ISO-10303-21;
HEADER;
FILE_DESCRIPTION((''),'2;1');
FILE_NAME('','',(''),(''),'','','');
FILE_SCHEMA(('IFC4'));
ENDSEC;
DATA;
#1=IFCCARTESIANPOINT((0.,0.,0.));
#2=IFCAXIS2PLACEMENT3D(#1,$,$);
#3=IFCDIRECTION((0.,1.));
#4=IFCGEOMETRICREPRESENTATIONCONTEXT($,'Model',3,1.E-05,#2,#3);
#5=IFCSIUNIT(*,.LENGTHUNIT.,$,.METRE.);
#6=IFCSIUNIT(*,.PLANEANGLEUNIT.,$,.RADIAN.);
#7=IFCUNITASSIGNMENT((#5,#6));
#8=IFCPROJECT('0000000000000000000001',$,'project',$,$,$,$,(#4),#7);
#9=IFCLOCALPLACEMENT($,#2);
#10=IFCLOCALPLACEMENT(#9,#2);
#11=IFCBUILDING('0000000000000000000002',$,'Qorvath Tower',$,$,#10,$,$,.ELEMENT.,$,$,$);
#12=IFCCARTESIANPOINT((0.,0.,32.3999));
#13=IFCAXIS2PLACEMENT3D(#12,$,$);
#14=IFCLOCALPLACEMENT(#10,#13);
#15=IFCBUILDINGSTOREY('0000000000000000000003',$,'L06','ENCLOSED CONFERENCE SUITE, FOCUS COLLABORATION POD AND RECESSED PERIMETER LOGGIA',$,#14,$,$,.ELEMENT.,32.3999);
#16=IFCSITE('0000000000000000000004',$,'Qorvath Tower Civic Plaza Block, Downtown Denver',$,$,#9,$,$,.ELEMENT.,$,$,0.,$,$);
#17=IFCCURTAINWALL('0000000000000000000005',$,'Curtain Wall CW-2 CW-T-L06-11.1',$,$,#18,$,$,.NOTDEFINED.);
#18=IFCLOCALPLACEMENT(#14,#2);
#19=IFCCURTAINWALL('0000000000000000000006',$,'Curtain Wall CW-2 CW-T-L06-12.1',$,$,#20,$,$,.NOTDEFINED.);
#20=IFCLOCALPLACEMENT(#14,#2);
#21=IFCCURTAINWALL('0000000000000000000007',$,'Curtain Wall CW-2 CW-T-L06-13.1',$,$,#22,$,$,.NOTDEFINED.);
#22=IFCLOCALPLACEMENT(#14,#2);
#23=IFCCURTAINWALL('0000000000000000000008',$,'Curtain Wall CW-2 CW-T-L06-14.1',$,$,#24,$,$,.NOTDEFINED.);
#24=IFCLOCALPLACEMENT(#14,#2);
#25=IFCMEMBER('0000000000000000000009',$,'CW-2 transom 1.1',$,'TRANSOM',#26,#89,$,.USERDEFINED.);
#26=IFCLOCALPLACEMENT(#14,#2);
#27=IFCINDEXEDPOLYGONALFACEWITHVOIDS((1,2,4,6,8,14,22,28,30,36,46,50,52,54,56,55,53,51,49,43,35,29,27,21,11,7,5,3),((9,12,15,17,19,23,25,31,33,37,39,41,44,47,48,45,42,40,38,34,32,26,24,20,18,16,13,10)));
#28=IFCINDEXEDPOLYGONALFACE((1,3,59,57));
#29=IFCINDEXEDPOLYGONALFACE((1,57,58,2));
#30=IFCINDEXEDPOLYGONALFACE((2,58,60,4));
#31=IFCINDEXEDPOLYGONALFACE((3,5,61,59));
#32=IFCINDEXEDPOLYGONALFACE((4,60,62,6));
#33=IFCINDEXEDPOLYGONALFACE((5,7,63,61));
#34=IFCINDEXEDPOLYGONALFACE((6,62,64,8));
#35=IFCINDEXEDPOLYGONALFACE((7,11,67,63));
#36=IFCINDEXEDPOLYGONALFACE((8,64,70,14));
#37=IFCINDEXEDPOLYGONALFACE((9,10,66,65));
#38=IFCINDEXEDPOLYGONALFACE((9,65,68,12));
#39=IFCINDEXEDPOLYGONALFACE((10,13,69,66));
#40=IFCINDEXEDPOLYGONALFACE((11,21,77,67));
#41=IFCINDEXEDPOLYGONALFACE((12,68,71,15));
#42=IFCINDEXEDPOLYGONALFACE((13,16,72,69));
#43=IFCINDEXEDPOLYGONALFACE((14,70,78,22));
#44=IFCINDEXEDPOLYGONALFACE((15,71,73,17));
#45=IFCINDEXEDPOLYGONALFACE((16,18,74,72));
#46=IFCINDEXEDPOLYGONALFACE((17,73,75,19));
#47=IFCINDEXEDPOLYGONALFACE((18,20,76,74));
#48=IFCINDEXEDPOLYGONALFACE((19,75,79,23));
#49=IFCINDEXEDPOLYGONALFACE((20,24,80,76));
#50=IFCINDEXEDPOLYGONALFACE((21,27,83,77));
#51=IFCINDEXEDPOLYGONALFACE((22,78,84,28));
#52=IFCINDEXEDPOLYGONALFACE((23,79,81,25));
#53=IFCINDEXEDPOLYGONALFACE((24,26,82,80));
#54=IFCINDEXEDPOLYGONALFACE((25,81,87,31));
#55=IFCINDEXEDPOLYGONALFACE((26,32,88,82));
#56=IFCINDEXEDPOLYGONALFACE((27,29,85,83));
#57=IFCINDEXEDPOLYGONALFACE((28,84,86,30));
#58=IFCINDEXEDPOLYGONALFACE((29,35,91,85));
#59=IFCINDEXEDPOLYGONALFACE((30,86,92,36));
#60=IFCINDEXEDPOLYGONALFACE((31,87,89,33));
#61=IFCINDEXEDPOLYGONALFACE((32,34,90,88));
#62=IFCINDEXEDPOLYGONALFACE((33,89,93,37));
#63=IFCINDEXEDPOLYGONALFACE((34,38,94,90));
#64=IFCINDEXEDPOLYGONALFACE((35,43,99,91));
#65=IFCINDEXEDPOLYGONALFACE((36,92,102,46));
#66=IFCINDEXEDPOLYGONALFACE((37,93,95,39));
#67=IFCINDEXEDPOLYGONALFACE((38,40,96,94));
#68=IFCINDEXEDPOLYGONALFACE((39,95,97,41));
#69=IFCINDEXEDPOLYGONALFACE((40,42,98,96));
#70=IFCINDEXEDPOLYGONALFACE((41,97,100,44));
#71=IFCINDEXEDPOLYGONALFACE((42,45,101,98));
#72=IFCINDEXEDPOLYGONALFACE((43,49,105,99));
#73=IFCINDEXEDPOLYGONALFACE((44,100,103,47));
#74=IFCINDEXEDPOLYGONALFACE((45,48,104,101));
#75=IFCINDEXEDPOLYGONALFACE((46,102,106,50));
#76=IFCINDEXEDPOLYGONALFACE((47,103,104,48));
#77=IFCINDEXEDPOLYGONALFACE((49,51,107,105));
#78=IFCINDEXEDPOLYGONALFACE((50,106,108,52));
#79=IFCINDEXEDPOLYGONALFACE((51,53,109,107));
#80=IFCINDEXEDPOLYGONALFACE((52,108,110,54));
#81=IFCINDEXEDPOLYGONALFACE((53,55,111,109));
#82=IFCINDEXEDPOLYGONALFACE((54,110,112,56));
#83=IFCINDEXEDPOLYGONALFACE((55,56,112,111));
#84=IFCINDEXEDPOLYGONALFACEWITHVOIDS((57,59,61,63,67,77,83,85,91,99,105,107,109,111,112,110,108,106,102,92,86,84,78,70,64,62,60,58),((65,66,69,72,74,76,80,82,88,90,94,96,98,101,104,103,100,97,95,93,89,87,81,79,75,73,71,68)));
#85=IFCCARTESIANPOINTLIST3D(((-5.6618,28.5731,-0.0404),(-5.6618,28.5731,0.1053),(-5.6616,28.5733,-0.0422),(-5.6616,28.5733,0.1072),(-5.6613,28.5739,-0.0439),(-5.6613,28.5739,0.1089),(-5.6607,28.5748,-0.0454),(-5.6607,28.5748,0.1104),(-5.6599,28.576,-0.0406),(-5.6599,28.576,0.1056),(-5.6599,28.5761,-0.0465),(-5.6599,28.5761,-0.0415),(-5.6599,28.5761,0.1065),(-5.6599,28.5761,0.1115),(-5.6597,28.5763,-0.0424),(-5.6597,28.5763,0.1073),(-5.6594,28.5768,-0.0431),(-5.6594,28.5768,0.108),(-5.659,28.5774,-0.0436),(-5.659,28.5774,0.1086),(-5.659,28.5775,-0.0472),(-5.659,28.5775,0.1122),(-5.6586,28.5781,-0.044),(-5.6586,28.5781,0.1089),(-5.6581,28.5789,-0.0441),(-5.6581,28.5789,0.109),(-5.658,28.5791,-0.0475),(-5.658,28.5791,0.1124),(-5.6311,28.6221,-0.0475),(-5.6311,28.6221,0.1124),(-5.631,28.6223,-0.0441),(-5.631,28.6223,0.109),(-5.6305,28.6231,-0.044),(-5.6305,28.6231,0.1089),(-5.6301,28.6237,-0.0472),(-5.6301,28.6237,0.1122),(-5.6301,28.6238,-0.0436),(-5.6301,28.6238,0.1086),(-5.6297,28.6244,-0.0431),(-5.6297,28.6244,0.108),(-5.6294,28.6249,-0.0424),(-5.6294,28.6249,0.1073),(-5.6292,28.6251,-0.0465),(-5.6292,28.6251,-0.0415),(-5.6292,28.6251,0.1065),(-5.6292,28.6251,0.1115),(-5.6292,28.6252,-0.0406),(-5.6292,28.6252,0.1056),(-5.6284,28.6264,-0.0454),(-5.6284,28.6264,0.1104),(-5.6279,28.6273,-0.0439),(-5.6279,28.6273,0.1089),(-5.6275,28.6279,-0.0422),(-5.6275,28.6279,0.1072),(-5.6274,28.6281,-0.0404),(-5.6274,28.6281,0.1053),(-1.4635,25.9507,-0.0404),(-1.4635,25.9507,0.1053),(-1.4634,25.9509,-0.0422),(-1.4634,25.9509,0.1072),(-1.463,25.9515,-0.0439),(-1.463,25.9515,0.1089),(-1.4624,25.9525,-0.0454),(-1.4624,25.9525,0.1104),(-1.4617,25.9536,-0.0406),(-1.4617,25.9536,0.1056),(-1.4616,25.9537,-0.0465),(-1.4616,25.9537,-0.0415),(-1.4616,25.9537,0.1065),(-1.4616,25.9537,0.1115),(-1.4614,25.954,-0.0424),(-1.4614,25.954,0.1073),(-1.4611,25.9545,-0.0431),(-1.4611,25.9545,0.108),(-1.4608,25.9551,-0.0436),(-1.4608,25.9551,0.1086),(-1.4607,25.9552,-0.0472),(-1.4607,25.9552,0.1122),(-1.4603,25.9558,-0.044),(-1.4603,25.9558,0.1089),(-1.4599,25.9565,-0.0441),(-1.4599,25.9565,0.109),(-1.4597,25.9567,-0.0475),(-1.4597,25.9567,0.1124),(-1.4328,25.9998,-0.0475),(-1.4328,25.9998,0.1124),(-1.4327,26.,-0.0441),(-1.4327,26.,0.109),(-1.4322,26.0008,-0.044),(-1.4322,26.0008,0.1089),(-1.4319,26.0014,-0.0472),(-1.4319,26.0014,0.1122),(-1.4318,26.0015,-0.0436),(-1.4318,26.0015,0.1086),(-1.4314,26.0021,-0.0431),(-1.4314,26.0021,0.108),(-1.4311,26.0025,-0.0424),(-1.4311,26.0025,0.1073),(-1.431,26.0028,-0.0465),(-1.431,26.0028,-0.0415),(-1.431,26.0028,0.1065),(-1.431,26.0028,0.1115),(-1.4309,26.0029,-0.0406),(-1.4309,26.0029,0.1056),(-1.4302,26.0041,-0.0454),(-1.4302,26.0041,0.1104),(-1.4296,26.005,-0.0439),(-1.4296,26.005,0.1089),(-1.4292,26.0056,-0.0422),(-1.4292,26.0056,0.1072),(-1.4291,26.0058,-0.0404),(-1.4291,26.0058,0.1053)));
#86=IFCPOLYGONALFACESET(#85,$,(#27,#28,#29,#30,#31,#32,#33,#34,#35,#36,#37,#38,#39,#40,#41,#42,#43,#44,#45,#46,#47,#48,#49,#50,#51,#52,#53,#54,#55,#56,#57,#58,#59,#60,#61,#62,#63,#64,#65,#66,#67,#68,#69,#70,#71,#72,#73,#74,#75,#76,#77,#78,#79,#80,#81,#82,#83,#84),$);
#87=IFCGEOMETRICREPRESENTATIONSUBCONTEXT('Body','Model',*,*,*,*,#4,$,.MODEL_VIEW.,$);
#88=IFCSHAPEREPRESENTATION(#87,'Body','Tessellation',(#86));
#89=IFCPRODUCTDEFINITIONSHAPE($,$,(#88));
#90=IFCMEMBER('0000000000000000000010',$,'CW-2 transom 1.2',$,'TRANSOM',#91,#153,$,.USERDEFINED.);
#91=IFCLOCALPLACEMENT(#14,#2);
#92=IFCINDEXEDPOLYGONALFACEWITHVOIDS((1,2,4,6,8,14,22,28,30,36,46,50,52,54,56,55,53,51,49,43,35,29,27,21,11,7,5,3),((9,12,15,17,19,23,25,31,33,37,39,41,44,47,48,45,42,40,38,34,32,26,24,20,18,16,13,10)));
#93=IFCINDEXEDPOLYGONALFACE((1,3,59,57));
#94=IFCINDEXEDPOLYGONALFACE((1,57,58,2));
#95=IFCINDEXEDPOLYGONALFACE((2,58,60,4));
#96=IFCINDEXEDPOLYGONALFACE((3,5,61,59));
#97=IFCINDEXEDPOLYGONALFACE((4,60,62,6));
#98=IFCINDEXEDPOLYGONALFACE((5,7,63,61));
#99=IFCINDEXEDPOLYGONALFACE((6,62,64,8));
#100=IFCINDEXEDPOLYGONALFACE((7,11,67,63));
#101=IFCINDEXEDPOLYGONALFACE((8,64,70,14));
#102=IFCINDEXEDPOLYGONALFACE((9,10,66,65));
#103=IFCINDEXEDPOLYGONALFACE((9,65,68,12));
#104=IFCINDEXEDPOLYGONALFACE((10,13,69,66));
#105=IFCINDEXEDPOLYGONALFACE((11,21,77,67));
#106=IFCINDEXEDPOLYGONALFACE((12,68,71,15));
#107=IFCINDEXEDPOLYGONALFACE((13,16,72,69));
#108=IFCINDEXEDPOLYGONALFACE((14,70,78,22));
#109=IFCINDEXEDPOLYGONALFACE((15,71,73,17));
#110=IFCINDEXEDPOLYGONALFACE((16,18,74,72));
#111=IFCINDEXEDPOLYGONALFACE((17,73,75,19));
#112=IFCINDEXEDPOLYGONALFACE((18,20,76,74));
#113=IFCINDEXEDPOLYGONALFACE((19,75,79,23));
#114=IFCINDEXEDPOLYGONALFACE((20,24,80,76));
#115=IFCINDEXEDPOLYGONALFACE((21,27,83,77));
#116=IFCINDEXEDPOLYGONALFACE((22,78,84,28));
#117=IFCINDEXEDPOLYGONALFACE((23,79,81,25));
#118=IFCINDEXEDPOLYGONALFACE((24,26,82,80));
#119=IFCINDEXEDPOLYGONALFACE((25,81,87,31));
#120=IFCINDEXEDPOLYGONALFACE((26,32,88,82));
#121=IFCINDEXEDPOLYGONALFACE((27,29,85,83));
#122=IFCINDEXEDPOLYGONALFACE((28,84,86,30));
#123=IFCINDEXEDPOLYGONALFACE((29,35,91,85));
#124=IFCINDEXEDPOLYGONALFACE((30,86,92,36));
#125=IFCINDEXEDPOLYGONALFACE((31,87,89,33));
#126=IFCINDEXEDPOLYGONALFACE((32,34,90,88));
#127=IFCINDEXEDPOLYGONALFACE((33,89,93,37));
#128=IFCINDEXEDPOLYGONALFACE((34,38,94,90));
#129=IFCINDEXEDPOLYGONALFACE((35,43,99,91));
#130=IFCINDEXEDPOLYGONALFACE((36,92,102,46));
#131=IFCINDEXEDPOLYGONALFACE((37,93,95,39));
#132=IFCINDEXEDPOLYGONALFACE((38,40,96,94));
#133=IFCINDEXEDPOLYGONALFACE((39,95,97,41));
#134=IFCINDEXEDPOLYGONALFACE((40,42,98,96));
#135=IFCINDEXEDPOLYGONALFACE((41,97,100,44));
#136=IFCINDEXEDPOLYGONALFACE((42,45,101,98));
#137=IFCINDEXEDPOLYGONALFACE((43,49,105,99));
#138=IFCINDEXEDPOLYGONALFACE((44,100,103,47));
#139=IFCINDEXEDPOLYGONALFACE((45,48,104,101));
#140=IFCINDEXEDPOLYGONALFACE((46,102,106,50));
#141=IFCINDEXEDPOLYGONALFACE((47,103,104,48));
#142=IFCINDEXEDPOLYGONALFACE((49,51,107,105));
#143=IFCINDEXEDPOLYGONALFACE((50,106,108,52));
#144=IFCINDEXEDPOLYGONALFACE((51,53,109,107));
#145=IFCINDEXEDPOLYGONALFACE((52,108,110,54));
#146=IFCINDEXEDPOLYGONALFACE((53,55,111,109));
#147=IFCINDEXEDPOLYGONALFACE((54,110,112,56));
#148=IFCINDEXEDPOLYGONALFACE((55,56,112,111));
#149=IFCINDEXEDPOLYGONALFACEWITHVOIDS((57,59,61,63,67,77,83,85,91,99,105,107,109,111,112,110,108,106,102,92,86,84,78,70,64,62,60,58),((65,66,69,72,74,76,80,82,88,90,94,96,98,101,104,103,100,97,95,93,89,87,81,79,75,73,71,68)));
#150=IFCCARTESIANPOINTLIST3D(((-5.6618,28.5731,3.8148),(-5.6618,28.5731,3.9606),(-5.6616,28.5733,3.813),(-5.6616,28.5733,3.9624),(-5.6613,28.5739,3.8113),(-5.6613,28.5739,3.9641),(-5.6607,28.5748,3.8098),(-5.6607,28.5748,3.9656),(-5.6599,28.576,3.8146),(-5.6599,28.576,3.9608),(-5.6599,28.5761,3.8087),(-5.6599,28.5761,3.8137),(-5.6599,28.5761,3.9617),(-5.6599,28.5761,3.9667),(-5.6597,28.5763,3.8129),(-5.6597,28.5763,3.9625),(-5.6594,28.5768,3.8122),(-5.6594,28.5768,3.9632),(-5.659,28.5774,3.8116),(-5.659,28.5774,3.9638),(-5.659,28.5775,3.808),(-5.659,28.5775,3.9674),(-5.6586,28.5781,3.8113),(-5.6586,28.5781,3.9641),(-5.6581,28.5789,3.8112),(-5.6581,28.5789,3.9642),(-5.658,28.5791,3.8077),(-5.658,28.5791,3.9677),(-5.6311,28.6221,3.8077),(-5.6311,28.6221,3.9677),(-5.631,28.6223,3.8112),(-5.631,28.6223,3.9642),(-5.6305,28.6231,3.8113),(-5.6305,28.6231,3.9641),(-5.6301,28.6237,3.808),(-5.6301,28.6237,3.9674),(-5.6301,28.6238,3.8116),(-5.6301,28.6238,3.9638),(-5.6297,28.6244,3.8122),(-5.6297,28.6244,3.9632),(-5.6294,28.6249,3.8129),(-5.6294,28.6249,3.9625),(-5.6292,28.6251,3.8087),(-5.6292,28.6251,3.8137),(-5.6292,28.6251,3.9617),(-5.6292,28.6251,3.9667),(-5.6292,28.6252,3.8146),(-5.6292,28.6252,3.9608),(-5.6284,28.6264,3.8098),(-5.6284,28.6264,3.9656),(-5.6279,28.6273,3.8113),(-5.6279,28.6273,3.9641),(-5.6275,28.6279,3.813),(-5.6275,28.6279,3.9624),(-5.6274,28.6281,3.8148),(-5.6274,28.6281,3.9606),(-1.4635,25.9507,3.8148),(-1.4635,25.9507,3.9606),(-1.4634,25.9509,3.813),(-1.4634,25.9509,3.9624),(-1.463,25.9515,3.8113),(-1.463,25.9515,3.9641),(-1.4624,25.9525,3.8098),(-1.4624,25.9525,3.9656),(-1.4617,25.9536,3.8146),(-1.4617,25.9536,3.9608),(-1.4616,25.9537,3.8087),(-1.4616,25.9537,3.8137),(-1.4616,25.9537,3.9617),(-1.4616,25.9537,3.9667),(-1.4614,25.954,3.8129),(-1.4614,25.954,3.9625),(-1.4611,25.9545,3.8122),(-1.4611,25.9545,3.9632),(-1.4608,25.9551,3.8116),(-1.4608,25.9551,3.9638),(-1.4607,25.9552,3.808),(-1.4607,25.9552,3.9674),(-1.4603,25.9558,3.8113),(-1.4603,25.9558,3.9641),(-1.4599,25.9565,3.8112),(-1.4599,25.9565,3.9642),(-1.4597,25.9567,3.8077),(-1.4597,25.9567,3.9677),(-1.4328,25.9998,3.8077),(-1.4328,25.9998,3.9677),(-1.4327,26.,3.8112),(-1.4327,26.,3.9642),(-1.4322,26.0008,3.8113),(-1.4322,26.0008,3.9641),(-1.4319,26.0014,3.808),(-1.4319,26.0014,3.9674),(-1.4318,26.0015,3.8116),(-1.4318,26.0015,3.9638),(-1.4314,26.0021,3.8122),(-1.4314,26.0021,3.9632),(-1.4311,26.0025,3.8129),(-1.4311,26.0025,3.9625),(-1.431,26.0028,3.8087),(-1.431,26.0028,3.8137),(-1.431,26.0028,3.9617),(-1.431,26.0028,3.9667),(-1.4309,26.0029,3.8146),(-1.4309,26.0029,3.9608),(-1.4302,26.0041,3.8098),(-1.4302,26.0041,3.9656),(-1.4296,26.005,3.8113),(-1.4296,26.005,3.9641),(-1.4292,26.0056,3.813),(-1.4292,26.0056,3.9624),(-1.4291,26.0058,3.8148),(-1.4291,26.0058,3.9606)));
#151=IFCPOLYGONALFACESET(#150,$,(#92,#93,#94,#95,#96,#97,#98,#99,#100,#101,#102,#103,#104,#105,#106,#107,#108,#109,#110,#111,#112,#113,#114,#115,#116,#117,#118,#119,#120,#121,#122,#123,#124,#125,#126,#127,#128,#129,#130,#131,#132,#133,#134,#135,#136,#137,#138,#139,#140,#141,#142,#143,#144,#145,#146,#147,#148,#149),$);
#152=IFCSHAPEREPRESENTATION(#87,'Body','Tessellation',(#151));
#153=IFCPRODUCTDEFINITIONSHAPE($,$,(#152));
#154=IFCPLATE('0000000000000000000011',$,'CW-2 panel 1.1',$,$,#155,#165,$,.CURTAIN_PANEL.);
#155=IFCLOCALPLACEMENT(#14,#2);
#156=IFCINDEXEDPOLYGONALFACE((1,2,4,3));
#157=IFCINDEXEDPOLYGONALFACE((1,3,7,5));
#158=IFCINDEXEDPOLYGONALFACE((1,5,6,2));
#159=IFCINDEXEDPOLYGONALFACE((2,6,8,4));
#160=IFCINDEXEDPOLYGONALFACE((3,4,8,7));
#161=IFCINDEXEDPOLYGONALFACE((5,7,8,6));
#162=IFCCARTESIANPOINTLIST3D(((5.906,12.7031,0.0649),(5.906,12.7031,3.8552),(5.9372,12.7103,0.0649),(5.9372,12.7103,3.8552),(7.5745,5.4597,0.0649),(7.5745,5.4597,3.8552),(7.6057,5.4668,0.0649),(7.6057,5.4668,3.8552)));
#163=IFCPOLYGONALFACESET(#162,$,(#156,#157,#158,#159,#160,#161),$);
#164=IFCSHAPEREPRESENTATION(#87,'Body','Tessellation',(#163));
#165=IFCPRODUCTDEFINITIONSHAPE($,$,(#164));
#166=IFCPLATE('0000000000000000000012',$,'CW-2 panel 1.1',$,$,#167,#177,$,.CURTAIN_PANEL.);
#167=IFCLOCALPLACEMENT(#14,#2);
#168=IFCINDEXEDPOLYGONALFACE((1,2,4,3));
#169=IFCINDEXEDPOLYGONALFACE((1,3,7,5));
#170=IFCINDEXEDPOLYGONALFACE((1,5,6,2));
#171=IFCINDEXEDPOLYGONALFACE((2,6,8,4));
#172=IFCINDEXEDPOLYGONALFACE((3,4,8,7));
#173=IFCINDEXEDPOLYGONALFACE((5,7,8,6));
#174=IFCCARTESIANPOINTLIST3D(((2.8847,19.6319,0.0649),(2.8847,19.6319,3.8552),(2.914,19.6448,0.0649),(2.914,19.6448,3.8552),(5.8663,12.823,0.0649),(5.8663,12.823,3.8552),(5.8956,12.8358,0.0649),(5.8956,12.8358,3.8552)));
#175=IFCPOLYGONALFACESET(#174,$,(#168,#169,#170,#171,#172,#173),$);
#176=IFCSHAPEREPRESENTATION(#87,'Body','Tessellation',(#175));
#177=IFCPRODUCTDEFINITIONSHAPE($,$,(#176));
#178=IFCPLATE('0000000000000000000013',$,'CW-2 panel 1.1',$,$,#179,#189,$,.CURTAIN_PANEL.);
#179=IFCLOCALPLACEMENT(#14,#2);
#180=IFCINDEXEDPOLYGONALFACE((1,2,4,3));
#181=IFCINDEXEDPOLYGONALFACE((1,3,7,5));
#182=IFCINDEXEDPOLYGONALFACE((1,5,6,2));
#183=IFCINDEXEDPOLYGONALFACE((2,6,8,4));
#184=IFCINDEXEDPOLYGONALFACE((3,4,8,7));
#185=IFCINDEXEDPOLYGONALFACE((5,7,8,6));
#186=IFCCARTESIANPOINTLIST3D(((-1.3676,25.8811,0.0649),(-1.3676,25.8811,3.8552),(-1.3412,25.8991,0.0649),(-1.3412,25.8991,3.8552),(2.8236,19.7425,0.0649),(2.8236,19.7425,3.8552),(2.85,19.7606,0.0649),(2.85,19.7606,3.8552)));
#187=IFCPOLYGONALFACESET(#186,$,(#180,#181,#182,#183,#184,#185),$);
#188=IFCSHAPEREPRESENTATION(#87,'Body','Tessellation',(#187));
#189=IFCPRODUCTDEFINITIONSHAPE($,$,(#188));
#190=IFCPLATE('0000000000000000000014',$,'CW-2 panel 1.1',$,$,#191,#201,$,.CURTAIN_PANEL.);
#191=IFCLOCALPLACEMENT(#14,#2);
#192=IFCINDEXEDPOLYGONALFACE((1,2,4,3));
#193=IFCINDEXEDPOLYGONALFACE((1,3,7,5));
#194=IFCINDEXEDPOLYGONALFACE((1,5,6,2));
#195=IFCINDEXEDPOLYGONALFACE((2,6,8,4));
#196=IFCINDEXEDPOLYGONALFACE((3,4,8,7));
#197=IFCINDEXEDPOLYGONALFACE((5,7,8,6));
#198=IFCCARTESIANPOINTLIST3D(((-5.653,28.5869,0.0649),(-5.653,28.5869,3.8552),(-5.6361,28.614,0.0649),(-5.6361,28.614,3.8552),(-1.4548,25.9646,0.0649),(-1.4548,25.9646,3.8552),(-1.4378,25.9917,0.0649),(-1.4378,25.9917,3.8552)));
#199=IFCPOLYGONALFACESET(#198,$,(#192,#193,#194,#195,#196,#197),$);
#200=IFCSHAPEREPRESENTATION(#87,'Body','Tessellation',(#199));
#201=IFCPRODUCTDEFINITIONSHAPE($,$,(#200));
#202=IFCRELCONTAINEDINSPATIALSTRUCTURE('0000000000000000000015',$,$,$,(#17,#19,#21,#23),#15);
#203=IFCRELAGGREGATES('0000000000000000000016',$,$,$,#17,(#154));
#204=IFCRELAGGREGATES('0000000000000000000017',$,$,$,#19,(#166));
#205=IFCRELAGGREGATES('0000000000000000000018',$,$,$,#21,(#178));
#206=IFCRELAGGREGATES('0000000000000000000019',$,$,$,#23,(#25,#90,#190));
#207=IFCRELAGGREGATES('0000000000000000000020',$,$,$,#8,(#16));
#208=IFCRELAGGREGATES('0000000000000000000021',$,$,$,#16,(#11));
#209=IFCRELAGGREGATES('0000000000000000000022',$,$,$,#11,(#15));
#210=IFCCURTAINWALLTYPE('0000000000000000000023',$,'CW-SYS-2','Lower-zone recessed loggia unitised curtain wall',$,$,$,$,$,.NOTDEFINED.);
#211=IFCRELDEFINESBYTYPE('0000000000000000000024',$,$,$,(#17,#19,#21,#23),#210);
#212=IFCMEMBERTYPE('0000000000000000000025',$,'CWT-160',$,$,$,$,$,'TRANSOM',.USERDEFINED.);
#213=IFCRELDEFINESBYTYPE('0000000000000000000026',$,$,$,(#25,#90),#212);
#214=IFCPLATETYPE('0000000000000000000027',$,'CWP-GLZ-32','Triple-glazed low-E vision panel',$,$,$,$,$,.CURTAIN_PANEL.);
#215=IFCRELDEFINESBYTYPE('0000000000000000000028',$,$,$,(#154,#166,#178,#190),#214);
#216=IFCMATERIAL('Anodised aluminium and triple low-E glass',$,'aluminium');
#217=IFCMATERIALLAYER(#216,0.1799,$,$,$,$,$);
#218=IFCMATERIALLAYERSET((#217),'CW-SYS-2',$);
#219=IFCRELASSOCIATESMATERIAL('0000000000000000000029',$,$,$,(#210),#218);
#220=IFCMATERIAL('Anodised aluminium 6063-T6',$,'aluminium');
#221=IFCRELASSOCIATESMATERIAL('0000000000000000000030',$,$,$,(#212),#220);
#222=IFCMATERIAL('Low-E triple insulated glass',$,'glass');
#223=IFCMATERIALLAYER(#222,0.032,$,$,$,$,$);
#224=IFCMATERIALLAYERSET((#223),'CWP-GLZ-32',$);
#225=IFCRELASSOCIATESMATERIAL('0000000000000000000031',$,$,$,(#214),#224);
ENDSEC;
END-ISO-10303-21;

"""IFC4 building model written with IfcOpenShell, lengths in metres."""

from ifc_helpers import new_model, si_unit, direction, frame, origin, origin_2d, place, context, subcontext, project, spatial, rectangle, hollow_rectangle, extrude, material, layer, layer_set, material_profile, profile_set, type_object, element, aggregate, save


model = new_model("IFC4")

# Units and contexts
model_context = context("Model", 3, precision=1e-05, world=origin(), true_north=direction((0.0, 1.0)))
body_context = subcontext(model_context, "Body", "Model", "MODEL_VIEW")
ifc_project = project(units=[si_unit("LENGTHUNIT", "METRE"), si_unit("PLANEANGLEUNIT", "RADIAN")], contexts=[model_context])

# Site, building, storey
site_placement = place(None, origin())
site = spatial("IfcSite", under=ifc_project, at=site_placement, Name="Qorvath Tower Civic Plaza Block, Downtown Denver", CompositionType="ELEMENT", RefElevation=0.0)
building_placement = place(site_placement, origin())
building = spatial("IfcBuilding", under=site, at=building_placement, Name="Qorvath Tower", CompositionType="ELEMENT")
storey_placement = place(building_placement, frame((0.0, 0.0, 32.3999)))
storey = spatial("IfcBuildingStorey", under=building, at=storey_placement, Name="L06", Description="ENCLOSED CONFERENCE SUITE, FOCUS COLLABORATION POD AND RECESSED PERIMETER LOGGIA", CompositionType="ELEMENT", Elevation=32.3999)

# Curtain wall
ifc_material_1 = material(Name="Anodised aluminium and triple low-E glass", Category="aluminium")
ifc_layer_1 = layer(ifc_material_1, 0.1799)
ifc_layer_set_1 = layer_set([ifc_layer_1], Name="CW-SYS-2")
curtain_wall_type = type_object("IfcCurtainWallType", Name="CW-SYS-2", Description="Lower-zone recessed loggia unitised curtain wall", PredefinedType="NOTDEFINED", material=ifc_layer_set_1)
curtain_wall_1_placement = place(storey_placement, origin())
curtain_wall_1 = element("IfcCurtainWall", 1, at=curtain_wall_1_placement, inside=storey, type_object=curtain_wall_type, Name="Curtain Wall CW-2 CW-T-L06-11.1", PredefinedType="NOTDEFINED")

# Curtain walls
curtain_wall_2_placement = place(storey_placement, origin())
curtain_wall_2 = element("IfcCurtainWall", 2, at=curtain_wall_2_placement, inside=storey, type_object=curtain_wall_type, Name="Curtain Wall CW-2 CW-T-L06-12.1", PredefinedType="NOTDEFINED")
curtain_wall_3_placement = place(storey_placement, origin())
curtain_wall_3 = element("IfcCurtainWall", 3, at=curtain_wall_3_placement, inside=storey, type_object=curtain_wall_type, Name="Curtain Wall CW-2 CW-T-L06-13.1", PredefinedType="NOTDEFINED")

# Curtain wall
curtain_wall_4_placement = place(storey_placement, origin())
curtain_wall_4 = element("IfcCurtainWall", 4, at=curtain_wall_4_placement, inside=storey, type_object=curtain_wall_type, Name="Curtain Wall CW-2 CW-T-L06-14.1", PredefinedType="NOTDEFINED")

# Members
ifc_material_2 = material(Name="Anodised aluminium 6063-T6", Category="aluminium")
ifc_material_profile_1 = material_profile(ifc_material_2, hollow_rectangle(XDim=0.0649, YDim=0.1599, WallThickness=0.0034, InnerFilletRadius=0.0034, OuterFilletRadius=0.0071, at=origin_2d()), Name="CWT 160x65")
ifc_profile_set_1 = profile_set([ifc_material_profile_1], Name="Anodised aluminium 6063-T6")
member_type_1 = type_object("IfcMemberType", Name="CWT-160", ElementType="TRANSOM", PredefinedType="USERDEFINED", material=ifc_profile_set_1)
member_1_placement = place(storey_placement, frame((-1.4463, 25.9783, 0.0325), z_axis=(-0.848142, 0.529768, 0.0), x_axis=(-0.529768, -0.848142, 0.0)))
member_1 = element("IfcMember", 5, at=member_1_placement, type_object=member_type_1, Name="CW-2 transom 1.1", ObjectType="TRANSOM", PredefinedType="USERDEFINED", context=body_context, shape_type="SweptSolid", body=[
    extrude(hollow_rectangle(XDim=0.0649, YDim=0.1599, WallThickness=0.0034, InnerFilletRadius=0.0034, OuterFilletRadius=0.0071, at=origin_2d()), origin(), (0.0, 0.0, 1.0), 4.95),
])
member_2_placement = place(storey_placement, frame((-1.4463, 25.9783, 3.8877), z_axis=(-0.848142, 0.529768, 0.0), x_axis=(-0.529768, -0.848142, 0.0)))
member_2 = element("IfcMember", 6, at=member_2_placement, type_object=member_type_1, Name="CW-2 transom 1.2", ObjectType="TRANSOM", PredefinedType="USERDEFINED", context=body_context, shape_type="SweptSolid", body=[
    extrude(hollow_rectangle(XDim=0.0649, YDim=0.1599, WallThickness=0.0034, InnerFilletRadius=0.0034, OuterFilletRadius=0.0071, at=origin_2d()), origin(), (0.0, 0.0, 1.0), 4.95),
])

# Plates
ifc_material_3 = material(Name="Low-E triple insulated glass", Category="glass")
ifc_layer_2 = layer(ifc_material_3, 0.032)
ifc_layer_set_2 = layer_set([ifc_layer_2], Name="CWP-GLZ-32")
plate_type = type_object("IfcPlateType", Name="CWP-GLZ-32", Description="Triple-glazed low-E vision panel", PredefinedType="CURTAIN_PANEL", material=ifc_layer_set_2)
plate_1_placement = place(storey_placement, frame((6.7559, 9.085, 0.0649), z_axis=(0.0, 0.0, 1.0), x_axis=(-0.224471, 0.974481, 0.0)))
plate_1 = element("IfcPlate", 7, at=plate_1_placement, type_object=plate_type, Name="CW-2 panel 1.1", PredefinedType="CURTAIN_PANEL", context=body_context, shape_type="SweptSolid", body=[
    extrude(rectangle(XDim=7.4331, YDim=0.032, at=origin_2d()), origin(), (0.0, 0.0, 1.0), 3.7903),
])
aggregate(curtain_wall_1, [plate_1])
plate_2_placement = place(storey_placement, frame((4.3901, 16.2339, 0.0649), z_axis=(0.0, 0.0, 1.0), x_axis=(-0.401118, 0.916026, 0.0)))
plate_2 = element("IfcPlate", 8, at=plate_2_placement, type_object=plate_type, Name="CW-2 panel 1.1", PredefinedType="CURTAIN_PANEL", context=body_context, shape_type="SweptSolid", body=[
    extrude(rectangle(XDim=7.4331, YDim=0.032, at=origin_2d()), origin(), (0.0, 0.0, 1.0), 3.7903),
])
aggregate(curtain_wall_2, [plate_2])
plate_3_placement = place(storey_placement, frame((0.7412, 22.8208, 0.0649), z_axis=(0.0, 0.0, 1.0), x_axis=(-0.563869, 0.825864, 0.0)))
plate_3 = element("IfcPlate", 9, at=plate_3_placement, type_object=plate_type, Name="CW-2 panel 1.1", PredefinedType="CURTAIN_PANEL", context=body_context, shape_type="SweptSolid", body=[
    extrude(rectangle(XDim=7.4329, YDim=0.032, at=origin_2d()), origin(), (0.0, 0.0, 1.0), 3.7903),
])
aggregate(curtain_wall_3, [plate_3])
plate_4_placement = place(storey_placement, frame((-3.5454, 27.2893, 0.0649), z_axis=(0.0, 0.0, 1.0), x_axis=(-0.848142, 0.529769, 0.0)))
plate_4 = element("IfcPlate", 10, at=plate_4_placement, type_object=plate_type, Name="CW-2 panel 1.1", PredefinedType="CURTAIN_PANEL", context=body_context, shape_type="SweptSolid", body=[
    extrude(rectangle(XDim=4.95, YDim=0.032, at=origin_2d()), origin(), (0.0, 0.0, 1.0), 3.7903),
])
aggregate(curtain_wall_4, [member_1, member_2, plate_4])

save(model, "model.ifc")
